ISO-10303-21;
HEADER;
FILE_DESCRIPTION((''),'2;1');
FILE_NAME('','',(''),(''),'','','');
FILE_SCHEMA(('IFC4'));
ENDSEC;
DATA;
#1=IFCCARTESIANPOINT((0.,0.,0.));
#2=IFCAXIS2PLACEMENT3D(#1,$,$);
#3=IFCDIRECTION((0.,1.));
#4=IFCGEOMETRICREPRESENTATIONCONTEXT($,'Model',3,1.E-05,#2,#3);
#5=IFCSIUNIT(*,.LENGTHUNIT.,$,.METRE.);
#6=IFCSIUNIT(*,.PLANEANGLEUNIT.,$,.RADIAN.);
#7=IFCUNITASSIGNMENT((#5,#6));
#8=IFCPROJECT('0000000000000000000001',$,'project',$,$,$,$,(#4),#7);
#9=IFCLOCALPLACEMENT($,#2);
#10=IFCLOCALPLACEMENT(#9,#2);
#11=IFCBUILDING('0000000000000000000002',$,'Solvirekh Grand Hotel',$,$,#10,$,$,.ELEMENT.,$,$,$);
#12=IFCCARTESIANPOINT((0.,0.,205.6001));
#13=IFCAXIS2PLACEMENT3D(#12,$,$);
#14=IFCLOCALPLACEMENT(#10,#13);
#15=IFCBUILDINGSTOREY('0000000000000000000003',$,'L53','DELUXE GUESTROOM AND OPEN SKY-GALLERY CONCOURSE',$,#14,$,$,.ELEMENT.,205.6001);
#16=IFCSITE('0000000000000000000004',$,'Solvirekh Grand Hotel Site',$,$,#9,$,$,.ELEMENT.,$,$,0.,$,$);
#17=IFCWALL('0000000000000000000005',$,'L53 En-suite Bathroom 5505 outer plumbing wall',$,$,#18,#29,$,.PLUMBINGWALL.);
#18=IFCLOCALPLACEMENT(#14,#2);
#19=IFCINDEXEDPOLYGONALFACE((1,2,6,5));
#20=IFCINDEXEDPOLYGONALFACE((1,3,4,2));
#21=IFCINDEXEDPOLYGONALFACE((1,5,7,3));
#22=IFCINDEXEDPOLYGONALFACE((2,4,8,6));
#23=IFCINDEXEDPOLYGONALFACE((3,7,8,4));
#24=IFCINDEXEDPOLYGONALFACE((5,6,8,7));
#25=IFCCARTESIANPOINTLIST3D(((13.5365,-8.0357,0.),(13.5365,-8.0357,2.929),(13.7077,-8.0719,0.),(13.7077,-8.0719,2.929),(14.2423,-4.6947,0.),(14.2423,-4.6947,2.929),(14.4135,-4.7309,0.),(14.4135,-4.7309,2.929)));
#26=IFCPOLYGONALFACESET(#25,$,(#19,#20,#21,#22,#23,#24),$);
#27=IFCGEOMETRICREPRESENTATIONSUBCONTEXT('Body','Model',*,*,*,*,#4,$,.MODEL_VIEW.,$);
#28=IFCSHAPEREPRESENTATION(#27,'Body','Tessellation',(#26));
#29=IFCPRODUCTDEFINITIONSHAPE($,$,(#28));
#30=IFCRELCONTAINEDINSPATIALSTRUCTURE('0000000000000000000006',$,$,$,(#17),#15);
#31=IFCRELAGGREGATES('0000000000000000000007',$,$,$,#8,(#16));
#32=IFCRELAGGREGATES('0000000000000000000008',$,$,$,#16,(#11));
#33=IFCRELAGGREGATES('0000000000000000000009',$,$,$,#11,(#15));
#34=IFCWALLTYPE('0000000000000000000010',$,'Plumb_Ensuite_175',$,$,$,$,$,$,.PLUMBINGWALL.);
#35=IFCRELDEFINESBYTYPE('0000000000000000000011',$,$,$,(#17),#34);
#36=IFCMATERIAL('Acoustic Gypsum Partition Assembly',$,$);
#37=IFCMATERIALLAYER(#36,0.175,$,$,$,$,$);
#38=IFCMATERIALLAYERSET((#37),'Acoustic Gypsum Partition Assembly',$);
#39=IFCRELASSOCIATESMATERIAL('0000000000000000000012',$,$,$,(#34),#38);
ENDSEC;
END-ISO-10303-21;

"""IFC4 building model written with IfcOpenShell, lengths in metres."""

from ifc_helpers import new_model, si_unit, direction, frame, frame_2d, origin, place, context, subcontext, project, spatial, rectangle, extrude, material, layer, layer_set, type_object, element, save


model = new_model("IFC4")

# Units and contexts
model_context = context("Model", 3, precision=1e-05, world=origin(), true_north=direction((0.0, 1.0)))
body_context = subcontext(model_context, "Body", "Model", "MODEL_VIEW")
ifc_project = project(units=[si_unit("LENGTHUNIT", "METRE"), si_unit("PLANEANGLEUNIT", "RADIAN")], contexts=[model_context])

# Site, building, storey
site_placement = place(None, origin())
site = spatial("IfcSite", under=ifc_project, at=site_placement, Name="Solvirekh Grand Hotel Site", CompositionType="ELEMENT", RefElevation=0.0)
building_placement = place(site_placement, origin())
building = spatial("IfcBuilding", under=site, at=building_placement, Name="Solvirekh Grand Hotel", CompositionType="ELEMENT")
storey_placement = place(building_placement, frame((0.0, 0.0, 205.6001)))
storey = spatial("IfcBuildingStorey", under=building, at=storey_placement, Name="L53", Description="DELUXE GUESTROOM AND OPEN SKY-GALLERY CONCOURSE", CompositionType="ELEMENT", Elevation=205.6001)

# Wall
ifc_material_1 = material(Name="Acoustic Gypsum Partition Assembly")
ifc_layer_1 = layer(ifc_material_1, 0.175)
ifc_layer_set_1 = layer_set([ifc_layer_1], Name="Acoustic Gypsum Partition Assembly")
wall_type_1 = type_object("IfcWallType", Name="Plumb_Ensuite_175", PredefinedType="PLUMBINGWALL", material=ifc_layer_set_1)
wall_1_placement = place(storey_placement, frame((13.6221, -8.054, 0.0), z_axis=(0.0, 0.0, 1.0), x_axis=(0.206691, 0.978406, 0.0)))
element("IfcWall", 1, at=wall_1_placement, inside=storey, type_object=wall_type_1, Name="L53 En-suite Bathroom 5505 outer plumbing wall", PredefinedType="PLUMBINGWALL", context=body_context, shape_type="SweptSolid", body=[
    extrude(rectangle(XDim=3.4148, YDim=0.175, at=frame_2d((1.7075, 0.0))), origin(), (0.0, 0.0, 1.0), 2.929),
])

save(model, "model.ifc")
